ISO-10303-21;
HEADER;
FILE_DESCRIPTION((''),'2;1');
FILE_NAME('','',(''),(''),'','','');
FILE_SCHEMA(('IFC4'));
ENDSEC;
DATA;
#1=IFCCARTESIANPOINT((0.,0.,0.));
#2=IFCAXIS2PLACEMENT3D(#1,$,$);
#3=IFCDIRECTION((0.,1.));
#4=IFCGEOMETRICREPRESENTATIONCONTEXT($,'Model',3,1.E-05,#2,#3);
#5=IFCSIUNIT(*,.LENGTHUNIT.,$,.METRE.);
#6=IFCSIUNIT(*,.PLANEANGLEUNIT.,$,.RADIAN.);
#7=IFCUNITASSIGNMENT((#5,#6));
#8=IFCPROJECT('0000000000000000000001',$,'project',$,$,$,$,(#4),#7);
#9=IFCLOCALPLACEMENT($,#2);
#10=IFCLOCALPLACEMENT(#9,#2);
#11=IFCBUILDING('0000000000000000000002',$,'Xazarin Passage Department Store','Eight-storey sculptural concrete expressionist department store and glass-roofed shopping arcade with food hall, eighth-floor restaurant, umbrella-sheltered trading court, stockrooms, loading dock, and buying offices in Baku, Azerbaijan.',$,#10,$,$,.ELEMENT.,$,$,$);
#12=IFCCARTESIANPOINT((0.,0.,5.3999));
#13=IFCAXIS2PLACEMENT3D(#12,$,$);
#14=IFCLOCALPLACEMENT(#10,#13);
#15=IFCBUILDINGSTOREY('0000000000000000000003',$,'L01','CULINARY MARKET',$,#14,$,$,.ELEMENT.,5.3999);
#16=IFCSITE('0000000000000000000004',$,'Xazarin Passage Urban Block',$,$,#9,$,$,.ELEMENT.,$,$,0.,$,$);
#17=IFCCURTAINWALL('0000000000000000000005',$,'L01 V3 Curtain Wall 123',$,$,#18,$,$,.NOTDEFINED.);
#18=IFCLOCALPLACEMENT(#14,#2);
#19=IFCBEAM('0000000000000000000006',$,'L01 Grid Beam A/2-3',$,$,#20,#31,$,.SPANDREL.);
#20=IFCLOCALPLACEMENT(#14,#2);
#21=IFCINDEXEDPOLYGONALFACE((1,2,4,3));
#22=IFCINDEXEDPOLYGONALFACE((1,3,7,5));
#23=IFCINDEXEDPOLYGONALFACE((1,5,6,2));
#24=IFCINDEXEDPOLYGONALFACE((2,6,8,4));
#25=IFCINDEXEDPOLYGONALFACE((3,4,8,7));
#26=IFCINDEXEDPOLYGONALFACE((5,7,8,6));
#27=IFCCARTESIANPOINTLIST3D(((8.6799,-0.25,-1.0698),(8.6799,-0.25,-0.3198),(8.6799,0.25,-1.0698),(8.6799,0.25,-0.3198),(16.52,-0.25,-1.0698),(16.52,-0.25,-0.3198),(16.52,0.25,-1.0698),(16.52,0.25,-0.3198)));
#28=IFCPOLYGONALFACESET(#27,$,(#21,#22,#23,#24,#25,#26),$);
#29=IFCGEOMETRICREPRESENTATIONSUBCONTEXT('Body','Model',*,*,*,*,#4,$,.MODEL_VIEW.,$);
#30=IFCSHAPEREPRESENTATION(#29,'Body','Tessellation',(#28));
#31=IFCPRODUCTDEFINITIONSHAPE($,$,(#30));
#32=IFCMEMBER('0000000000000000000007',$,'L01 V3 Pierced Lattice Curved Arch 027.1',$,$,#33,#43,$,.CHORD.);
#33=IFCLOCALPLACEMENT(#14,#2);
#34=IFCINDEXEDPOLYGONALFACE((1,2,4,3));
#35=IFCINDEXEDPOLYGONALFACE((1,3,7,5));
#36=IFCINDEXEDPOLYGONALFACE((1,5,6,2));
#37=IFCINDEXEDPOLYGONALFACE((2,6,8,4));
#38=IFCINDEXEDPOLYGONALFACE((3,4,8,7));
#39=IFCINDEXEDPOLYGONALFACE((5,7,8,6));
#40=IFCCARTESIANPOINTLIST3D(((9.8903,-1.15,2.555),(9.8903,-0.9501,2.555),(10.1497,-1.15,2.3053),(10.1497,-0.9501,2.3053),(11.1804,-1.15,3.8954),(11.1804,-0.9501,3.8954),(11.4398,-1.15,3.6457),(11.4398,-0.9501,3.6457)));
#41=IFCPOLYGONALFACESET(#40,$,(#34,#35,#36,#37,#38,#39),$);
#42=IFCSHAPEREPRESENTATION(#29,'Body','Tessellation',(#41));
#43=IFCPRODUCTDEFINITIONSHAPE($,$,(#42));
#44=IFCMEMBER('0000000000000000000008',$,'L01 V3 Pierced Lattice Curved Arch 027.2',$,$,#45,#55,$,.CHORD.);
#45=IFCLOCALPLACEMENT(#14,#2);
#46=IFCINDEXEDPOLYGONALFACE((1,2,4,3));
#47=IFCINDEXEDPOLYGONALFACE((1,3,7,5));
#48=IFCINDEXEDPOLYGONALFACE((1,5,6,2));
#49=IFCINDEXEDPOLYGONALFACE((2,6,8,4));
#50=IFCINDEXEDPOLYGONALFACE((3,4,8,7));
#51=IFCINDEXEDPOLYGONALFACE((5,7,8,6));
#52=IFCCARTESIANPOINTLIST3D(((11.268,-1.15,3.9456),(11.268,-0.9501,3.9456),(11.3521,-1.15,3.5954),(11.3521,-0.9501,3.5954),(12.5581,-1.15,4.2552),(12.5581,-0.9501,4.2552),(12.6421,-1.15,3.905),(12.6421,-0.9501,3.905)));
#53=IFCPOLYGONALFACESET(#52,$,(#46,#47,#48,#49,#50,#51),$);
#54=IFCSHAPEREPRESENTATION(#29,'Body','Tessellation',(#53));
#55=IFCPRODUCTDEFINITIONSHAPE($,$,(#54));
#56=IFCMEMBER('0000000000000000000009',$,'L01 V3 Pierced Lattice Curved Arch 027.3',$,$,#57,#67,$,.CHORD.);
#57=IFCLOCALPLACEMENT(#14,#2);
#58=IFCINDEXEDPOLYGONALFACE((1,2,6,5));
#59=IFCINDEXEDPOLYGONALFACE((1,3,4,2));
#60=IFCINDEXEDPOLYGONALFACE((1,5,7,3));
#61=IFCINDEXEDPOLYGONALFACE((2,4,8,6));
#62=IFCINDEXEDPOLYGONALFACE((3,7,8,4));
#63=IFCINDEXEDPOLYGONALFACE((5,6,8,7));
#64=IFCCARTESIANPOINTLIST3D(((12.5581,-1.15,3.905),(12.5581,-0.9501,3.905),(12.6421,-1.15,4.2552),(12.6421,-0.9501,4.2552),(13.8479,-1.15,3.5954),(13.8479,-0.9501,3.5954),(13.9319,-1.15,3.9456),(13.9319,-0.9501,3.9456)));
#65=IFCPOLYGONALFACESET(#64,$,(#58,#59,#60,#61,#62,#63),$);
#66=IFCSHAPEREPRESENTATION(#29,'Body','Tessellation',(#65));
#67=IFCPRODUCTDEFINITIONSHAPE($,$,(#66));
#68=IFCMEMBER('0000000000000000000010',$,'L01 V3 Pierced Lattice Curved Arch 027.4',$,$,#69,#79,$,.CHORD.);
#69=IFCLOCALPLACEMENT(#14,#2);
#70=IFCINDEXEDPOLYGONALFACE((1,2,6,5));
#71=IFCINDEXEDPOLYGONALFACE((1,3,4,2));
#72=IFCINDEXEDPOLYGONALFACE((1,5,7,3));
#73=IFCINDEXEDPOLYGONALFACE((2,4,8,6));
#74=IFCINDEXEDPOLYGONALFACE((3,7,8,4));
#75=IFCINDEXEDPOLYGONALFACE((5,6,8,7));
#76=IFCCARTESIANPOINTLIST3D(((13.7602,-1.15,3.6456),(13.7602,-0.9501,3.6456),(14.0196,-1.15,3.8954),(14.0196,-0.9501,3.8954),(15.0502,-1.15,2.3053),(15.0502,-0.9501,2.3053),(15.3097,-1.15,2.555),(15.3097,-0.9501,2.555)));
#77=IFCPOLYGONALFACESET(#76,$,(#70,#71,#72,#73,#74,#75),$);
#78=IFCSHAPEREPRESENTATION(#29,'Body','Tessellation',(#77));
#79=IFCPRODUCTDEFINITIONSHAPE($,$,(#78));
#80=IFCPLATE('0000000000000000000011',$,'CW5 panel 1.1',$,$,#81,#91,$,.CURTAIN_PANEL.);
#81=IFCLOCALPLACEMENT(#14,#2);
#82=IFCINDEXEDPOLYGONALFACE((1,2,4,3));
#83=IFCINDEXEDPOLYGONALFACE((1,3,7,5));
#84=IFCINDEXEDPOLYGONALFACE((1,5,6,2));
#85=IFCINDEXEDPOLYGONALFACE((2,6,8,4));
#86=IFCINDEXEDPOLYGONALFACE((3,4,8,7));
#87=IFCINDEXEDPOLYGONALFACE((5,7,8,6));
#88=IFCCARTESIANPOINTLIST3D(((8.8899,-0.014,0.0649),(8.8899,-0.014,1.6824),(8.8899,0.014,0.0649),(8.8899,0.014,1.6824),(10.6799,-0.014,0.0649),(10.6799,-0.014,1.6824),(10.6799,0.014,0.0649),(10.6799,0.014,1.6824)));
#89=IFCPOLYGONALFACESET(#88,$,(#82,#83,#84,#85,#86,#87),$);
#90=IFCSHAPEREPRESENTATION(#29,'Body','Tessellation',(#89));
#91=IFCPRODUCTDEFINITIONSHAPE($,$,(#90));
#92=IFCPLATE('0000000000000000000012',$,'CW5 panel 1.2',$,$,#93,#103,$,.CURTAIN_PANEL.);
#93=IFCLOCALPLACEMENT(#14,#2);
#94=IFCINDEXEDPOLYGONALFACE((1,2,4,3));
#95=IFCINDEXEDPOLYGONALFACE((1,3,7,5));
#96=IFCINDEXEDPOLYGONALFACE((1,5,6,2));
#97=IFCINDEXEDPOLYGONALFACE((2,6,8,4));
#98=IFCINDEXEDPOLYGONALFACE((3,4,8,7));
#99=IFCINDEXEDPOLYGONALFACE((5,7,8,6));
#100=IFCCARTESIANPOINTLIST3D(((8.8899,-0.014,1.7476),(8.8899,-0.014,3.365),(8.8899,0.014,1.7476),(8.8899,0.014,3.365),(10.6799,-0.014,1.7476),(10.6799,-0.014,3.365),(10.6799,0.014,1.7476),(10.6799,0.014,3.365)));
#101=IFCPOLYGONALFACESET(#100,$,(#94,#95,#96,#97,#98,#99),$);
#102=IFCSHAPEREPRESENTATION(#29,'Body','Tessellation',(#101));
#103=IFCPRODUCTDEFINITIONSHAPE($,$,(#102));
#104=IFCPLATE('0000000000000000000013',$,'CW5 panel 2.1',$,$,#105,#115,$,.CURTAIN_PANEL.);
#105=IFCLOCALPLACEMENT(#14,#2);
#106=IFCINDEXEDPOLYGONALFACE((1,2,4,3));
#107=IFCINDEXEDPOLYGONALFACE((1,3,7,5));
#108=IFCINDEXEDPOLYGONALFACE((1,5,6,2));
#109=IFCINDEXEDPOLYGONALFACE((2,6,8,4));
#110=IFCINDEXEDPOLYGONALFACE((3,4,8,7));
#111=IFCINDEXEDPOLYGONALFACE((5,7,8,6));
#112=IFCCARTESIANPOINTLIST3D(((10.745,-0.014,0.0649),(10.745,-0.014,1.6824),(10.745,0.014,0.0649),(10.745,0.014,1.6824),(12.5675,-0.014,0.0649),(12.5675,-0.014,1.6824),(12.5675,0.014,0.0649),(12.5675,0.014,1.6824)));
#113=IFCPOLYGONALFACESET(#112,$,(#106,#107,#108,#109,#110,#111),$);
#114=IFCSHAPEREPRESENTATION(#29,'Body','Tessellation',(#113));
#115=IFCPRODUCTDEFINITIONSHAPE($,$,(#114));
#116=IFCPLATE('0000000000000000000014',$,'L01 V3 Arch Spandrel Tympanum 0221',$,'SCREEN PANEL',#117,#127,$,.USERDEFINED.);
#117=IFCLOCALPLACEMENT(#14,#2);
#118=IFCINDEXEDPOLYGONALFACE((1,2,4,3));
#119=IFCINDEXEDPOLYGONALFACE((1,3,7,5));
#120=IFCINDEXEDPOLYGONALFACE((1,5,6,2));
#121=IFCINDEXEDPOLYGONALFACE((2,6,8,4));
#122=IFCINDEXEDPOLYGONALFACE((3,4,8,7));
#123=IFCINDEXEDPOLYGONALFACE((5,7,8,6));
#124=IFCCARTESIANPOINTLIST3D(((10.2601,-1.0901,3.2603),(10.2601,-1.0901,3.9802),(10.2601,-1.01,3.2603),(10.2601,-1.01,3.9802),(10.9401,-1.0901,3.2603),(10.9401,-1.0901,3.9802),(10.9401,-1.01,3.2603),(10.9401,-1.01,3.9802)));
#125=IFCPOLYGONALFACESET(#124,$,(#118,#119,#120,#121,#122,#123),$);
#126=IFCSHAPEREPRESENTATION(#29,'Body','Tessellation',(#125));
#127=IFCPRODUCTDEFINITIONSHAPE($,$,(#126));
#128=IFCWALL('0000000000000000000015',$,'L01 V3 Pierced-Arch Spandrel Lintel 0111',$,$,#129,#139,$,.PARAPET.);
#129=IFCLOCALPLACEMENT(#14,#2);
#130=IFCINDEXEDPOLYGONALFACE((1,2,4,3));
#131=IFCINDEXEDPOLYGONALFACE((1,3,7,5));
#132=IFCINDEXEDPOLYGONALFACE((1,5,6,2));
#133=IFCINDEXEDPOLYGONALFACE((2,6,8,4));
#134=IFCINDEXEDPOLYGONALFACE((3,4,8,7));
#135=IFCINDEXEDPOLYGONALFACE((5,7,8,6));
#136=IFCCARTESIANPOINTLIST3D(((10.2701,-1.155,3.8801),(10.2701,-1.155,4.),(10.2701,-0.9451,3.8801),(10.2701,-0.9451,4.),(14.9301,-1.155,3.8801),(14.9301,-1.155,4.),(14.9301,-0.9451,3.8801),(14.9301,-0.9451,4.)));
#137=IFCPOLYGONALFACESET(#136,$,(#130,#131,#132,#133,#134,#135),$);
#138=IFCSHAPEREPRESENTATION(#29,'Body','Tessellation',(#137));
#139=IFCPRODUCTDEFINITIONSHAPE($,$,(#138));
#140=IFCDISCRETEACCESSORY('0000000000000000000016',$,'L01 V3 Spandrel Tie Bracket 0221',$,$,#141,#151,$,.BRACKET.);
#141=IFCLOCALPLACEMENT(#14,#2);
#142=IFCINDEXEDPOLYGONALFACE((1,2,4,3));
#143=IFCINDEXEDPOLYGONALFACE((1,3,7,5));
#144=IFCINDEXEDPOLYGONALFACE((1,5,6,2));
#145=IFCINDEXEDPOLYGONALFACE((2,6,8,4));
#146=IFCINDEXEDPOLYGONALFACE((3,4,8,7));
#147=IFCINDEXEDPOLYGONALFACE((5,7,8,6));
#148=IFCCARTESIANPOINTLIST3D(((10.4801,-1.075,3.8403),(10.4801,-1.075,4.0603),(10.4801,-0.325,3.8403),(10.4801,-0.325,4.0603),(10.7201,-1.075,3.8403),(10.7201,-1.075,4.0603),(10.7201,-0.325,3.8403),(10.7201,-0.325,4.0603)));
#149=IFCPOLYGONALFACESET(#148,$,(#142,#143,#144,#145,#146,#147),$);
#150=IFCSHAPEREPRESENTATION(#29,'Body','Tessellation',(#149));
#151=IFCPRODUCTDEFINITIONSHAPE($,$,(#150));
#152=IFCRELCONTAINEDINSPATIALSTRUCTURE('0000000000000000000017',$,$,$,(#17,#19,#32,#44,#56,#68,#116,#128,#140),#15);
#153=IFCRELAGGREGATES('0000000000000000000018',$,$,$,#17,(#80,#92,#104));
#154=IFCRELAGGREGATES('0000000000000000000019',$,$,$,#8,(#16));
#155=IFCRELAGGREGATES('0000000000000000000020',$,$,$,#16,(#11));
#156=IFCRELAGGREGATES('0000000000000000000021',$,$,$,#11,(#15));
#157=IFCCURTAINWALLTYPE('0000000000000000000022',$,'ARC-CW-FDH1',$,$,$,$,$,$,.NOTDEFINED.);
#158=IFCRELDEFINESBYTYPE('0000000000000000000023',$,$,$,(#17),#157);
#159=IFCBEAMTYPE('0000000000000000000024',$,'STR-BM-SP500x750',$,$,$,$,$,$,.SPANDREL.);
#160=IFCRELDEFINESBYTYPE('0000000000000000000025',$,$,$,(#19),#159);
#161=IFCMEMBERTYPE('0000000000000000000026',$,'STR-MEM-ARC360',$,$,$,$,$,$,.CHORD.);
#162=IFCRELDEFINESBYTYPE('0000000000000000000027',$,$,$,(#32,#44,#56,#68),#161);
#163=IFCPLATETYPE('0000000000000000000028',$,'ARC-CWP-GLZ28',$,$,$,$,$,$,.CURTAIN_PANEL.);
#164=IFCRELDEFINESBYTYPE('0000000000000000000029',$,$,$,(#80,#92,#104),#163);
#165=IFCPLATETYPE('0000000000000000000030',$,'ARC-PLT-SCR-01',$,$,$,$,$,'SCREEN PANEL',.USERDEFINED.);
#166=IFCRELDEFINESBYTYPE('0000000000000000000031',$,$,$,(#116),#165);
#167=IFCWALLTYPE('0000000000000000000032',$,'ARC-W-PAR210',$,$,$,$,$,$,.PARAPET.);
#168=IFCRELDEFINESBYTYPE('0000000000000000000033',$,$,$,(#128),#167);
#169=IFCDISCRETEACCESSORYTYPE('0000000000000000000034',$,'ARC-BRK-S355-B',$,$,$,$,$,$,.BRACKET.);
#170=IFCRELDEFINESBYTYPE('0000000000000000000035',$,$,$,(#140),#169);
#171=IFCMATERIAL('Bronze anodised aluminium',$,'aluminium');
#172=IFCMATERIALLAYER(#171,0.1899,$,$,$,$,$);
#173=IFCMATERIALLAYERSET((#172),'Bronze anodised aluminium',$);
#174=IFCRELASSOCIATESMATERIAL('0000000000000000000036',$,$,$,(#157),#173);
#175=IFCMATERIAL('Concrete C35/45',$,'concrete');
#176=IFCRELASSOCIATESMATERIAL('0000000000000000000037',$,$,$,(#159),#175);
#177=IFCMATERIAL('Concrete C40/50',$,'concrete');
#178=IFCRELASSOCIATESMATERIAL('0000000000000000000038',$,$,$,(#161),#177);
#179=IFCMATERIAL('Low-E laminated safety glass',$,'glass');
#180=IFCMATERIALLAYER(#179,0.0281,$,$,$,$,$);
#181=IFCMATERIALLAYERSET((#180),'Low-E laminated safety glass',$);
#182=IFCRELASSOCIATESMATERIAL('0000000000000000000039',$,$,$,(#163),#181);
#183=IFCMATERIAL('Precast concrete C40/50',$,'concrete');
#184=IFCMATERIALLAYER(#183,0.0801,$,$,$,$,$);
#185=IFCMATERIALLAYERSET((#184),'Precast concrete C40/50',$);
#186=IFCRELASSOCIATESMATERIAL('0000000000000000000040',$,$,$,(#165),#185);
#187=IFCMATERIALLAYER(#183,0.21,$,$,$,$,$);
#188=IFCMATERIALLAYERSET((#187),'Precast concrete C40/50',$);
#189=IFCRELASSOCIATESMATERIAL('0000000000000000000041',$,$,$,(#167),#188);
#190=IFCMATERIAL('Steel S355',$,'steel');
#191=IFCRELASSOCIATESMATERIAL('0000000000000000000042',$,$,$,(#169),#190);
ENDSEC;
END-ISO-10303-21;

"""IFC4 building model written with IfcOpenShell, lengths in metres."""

from ifc_helpers import new_model, si_unit, direction, frame, frame_2d, origin, origin_2d, place, context, subcontext, project, spatial, rectangle, extrude, material, layer, layer_set, material_profile, profile_set, type_object, element, aggregate, save


model = new_model("IFC4")

# Units and contexts
model_context = context("Model", 3, precision=1e-05, world=origin(), true_north=direction((0.0, 1.0)))
body_context = subcontext(model_context, "Body", "Model", "MODEL_VIEW")
ifc_project = project(units=[si_unit("LENGTHUNIT", "METRE"), si_unit("PLANEANGLEUNIT", "RADIAN")], contexts=[model_context])

# Site, building, storey
site_placement = place(None, origin())
site = spatial("IfcSite", under=ifc_project, at=site_placement, Name="Xazarin Passage Urban Block", CompositionType="ELEMENT", RefElevation=0.0)
building_placement = place(site_placement, origin())
building = spatial("IfcBuilding", under=site, at=building_placement, Name="Xazarin Passage Department Store", Description="Eight-storey sculptural concrete expressionist department store and glass-roofed shopping arcade with food hall, eighth-floor restaurant, umbrella-sheltered trading court, stockrooms, loading dock, and buying offices in Baku, Azerbaijan.", CompositionType="ELEMENT")
storey_placement = place(building_placement, frame((0.0, 0.0, 5.3999)))
storey = spatial("IfcBuildingStorey", under=building, at=storey_placement, Name="L01", Description="CULINARY MARKET", CompositionType="ELEMENT", Elevation=5.3999)

# Shared definitions
ifc_material_1 = material(Name="Concrete C40/50", Category="concrete")

# Curtain wall
ifc_material_2 = material(Name="Bronze anodised aluminium", Category="aluminium")
ifc_layer_1 = layer(ifc_material_2, 0.1899)
ifc_layer_set_1 = layer_set([ifc_layer_1], Name="Bronze anodised aluminium")
curtain_wall_type = type_object("IfcCurtainWallType", Name="ARC-CW-FDH1", PredefinedType="NOTDEFINED", material=ifc_layer_set_1)
curtain_wall_placement = place(storey_placement, origin())
curtain_wall = element("IfcCurtainWall", 1, at=curtain_wall_placement, inside=storey, type_object=curtain_wall_type, Name="L01 V3 Curtain Wall 123", PredefinedType="NOTDEFINED")

# Beam
ifc_material_3 = material(Name="Concrete C35/45", Category="concrete")
ifc_material_profile_1 = material_profile(ifc_material_3, rectangle(XDim=0.5, YDim=0.75, at=origin_2d()), Name="RC 500x750")
ifc_profile_set_1 = profile_set([ifc_material_profile_1], Name="Concrete C35/45")
beam_type_1 = type_object("IfcBeamType", Name="STR-BM-SP500x750", PredefinedType="SPANDREL", material=ifc_profile_set_1)
beam_1_placement = place(storey_placement, frame((8.6799, 0.0, -0.6948), z_axis=(1.0, 0.0, 0.0), x_axis=(0.0, 1.0, 0.0)))
element("IfcBeam", 2, at=beam_1_placement, inside=storey, type_object=beam_type_1, Name="L01 Grid Beam A/2-3", PredefinedType="SPANDREL", context=body_context, shape_type="SweptSolid", body=[
    extrude(rectangle(XDim=0.5, YDim=0.75, at=origin_2d()), origin(), (0.0, 0.0, 1.0), 7.8401),
])

# Members
ifc_material_profile_2 = material_profile(ifc_material_1, rectangle(XDim=0.2, YDim=0.3601, at=origin_2d()), Name="RC 200x360")
ifc_profile_set_2 = profile_set([ifc_material_profile_2], Name="Concrete C40/50")
member_type_1 = type_object("IfcMemberType", Name="STR-MEM-ARC360", PredefinedType="CHORD", material=ifc_profile_set_2)
member_1_placement = place(storey_placement, frame((10.02, -1.05, 2.4302), z_axis=(0.69346, 0.0, 0.720495), x_axis=(0.0, 1.0, 0.0)))
element("IfcMember", 3, at=member_1_placement, inside=storey, type_object=member_type_1, Name="L01 V3 Pierced Lattice Curved Arch 027.1", PredefinedType="CHORD", context=body_context, shape_type="SweptSolid", body=[
    extrude(rectangle(XDim=0.2, YDim=0.3601, at=origin_2d()), origin(), (0.0, 0.0, 1.0), 1.8604),
])
member_2_placement = place(storey_placement, frame((11.3101, -1.05, 3.7705), z_axis=(0.972394, 0.0, 0.233345), x_axis=(0.0, 1.0, 0.0)))
element("IfcMember", 4, at=member_2_placement, inside=storey, type_object=member_type_1, Name="L01 V3 Pierced Lattice Curved Arch 027.2", PredefinedType="CHORD", context=body_context, shape_type="SweptSolid", body=[
    extrude(rectangle(XDim=0.2, YDim=0.3601, at=origin_2d()), origin(), (0.0, 0.0, 1.0), 1.3267),
])
member_3_placement = place(storey_placement, frame((12.6001, -1.05, 4.0801), z_axis=(0.972384, 0.0, -0.233387), x_axis=(0.0, 1.0, 0.0)))
element("IfcMember", 5, at=member_3_placement, inside=storey, type_object=member_type_1, Name="L01 V3 Pierced Lattice Curved Arch 027.3", PredefinedType="CHORD", context=body_context, shape_type="SweptSolid", body=[
    extrude(rectangle(XDim=0.2, YDim=0.3601, at=origin_2d()), origin(), (0.0, 0.0, 1.0), 1.3264),
])
member_4_placement = place(storey_placement, frame((13.8899, -1.05, 3.7705), z_axis=(0.69346, 0.0, -0.720495), x_axis=(0.0, 1.0, 0.0)))
element("IfcMember", 6, at=member_4_placement, inside=storey, type_object=member_type_1, Name="L01 V3 Pierced Lattice Curved Arch 027.4", PredefinedType="CHORD", context=body_context, shape_type="SweptSolid", body=[
    extrude(rectangle(XDim=0.2, YDim=0.3601, at=origin_2d()), origin(), (0.0, 0.0, 1.0), 1.8604),
])

# Plates
ifc_material_4 = material(Name="Low-E laminated safety glass", Category="glass")
ifc_layer_2 = layer(ifc_material_4, 0.0281)
ifc_layer_set_2 = layer_set([ifc_layer_2], Name="Low-E laminated safety glass")
plate_type_1 = type_object("IfcPlateType", Name="ARC-CWP-GLZ28", PredefinedType="CURTAIN_PANEL", material=ifc_layer_set_2)
plate_1_placement = place(storey_placement, frame((9.7849, 0.0, 0.0649), z_axis=(0.0, 0.0, 1.0), x_axis=(1.0, 0.0, 0.0)))
plate_1 = element("IfcPlate", 7, at=plate_1_placement, type_object=plate_type_1, Name="CW5 panel 1.1", PredefinedType="CURTAIN_PANEL", context=body_context, shape_type="SweptSolid", body=[
    extrude(rectangle(XDim=1.79, YDim=0.0281, at=origin_2d()), origin(), (0.0, 0.0, 1.0), 1.6174),
])
plate_2_placement = place(storey_placement, frame((9.7849, 0.0, 1.7476), z_axis=(0.0, 0.0, 1.0), x_axis=(1.0, 0.0, 0.0)))
plate_2 = element("IfcPlate", 8, at=plate_2_placement, type_object=plate_type_1, Name="CW5 panel 1.2", PredefinedType="CURTAIN_PANEL", context=body_context, shape_type="SweptSolid", body=[
    extrude(rectangle(XDim=1.79, YDim=0.0281, at=origin_2d()), origin(), (0.0, 0.0, 1.0), 1.6174),
])
plate_3_placement = place(storey_placement, frame((11.6562, 0.0, 0.0649), z_axis=(0.0, 0.0, 1.0), x_axis=(1.0, 0.0, 0.0)))
plate_3 = element("IfcPlate", 9, at=plate_3_placement, type_object=plate_type_1, Name="CW5 panel 2.1", PredefinedType="CURTAIN_PANEL", context=body_context, shape_type="SweptSolid", body=[
    extrude(rectangle(XDim=1.8225, YDim=0.0281, at=origin_2d()), origin(), (0.0, 0.0, 1.0), 1.6174),
])
aggregate(curtain_wall, [plate_1, plate_2, plate_3])
ifc_material_5 = material(Name="Precast concrete C40/50", Category="concrete")
ifc_layer_3 = layer(ifc_material_5, 0.0801)
ifc_layer_set_3 = layer_set([ifc_layer_3], Name="Precast concrete C40/50")
plate_type_2 = type_object("IfcPlateType", Name="ARC-PLT-SCR-01", ElementType="SCREEN PANEL", PredefinedType="USERDEFINED", material=ifc_layer_set_3)
plate_4_placement = place(storey_placement, frame((10.6001, -1.05, 3.2603), z_axis=(0.0, 0.0, 1.0), x_axis=(1.0, 0.0, 0.0)))
element("IfcPlate", 10, at=plate_4_placement, inside=storey, type_object=plate_type_2, Name="L01 V3 Arch Spandrel Tympanum 0221", ObjectType="SCREEN PANEL", PredefinedType="USERDEFINED", context=body_context, shape_type="SweptSolid", body=[
    extrude(rectangle(XDim=0.6799, YDim=0.0801, at=origin_2d()), origin(), (0.0, 0.0, 1.0), 0.72),
])

# Wall
ifc_layer_4 = layer(ifc_material_5, 0.21)
ifc_layer_set_4 = layer_set([ifc_layer_4], Name="Precast concrete C40/50")
wall_type = type_object("IfcWallType", Name="ARC-W-PAR210", PredefinedType="PARAPET", material=ifc_layer_set_4)
wall_placement = place(storey_placement, frame((10.27, -1.05, 3.8801), z_axis=(0.0, 0.0, 1.0), x_axis=(1.0, 0.0, 0.0)))
element("IfcWall", 11, at=wall_placement, inside=storey, type_object=wall_type, Name="L01 V3 Pierced-Arch Spandrel Lintel 0111", PredefinedType="PARAPET", context=body_context, shape_type="SweptSolid", body=[
    extrude(rectangle(XDim=4.6599, YDim=0.21, at=frame_2d((2.3301, 0.0))), origin(), (0.0, 0.0, 1.0), 0.1199),
])

# Discrete accessory
ifc_material_6 = material(Name="Steel S355", Category="steel")
discrete_accessory_type = type_object("IfcDiscreteAccessoryType", Name="ARC-BRK-S355-B", PredefinedType="BRACKET", material=ifc_material_6)
discrete_accessory_placement = place(storey_placement, frame((10.6001, -0.7, 3.8403), z_axis=(0.0, 0.0, 1.0), x_axis=(1.0, 0.0, 0.0)))
element("IfcDiscreteAccessory", 12, at=discrete_accessory_placement, inside=storey, type_object=discrete_accessory_type, Name="L01 V3 Spandrel Tie Bracket 0221", PredefinedType="BRACKET", context=body_context, shape_type="SweptSolid", body=[
    extrude(rectangle(XDim=0.24, YDim=0.75, at=origin_2d()), origin(), (0.0, 0.0, 1.0), 0.22),
])

save(model, "model.ifc")
